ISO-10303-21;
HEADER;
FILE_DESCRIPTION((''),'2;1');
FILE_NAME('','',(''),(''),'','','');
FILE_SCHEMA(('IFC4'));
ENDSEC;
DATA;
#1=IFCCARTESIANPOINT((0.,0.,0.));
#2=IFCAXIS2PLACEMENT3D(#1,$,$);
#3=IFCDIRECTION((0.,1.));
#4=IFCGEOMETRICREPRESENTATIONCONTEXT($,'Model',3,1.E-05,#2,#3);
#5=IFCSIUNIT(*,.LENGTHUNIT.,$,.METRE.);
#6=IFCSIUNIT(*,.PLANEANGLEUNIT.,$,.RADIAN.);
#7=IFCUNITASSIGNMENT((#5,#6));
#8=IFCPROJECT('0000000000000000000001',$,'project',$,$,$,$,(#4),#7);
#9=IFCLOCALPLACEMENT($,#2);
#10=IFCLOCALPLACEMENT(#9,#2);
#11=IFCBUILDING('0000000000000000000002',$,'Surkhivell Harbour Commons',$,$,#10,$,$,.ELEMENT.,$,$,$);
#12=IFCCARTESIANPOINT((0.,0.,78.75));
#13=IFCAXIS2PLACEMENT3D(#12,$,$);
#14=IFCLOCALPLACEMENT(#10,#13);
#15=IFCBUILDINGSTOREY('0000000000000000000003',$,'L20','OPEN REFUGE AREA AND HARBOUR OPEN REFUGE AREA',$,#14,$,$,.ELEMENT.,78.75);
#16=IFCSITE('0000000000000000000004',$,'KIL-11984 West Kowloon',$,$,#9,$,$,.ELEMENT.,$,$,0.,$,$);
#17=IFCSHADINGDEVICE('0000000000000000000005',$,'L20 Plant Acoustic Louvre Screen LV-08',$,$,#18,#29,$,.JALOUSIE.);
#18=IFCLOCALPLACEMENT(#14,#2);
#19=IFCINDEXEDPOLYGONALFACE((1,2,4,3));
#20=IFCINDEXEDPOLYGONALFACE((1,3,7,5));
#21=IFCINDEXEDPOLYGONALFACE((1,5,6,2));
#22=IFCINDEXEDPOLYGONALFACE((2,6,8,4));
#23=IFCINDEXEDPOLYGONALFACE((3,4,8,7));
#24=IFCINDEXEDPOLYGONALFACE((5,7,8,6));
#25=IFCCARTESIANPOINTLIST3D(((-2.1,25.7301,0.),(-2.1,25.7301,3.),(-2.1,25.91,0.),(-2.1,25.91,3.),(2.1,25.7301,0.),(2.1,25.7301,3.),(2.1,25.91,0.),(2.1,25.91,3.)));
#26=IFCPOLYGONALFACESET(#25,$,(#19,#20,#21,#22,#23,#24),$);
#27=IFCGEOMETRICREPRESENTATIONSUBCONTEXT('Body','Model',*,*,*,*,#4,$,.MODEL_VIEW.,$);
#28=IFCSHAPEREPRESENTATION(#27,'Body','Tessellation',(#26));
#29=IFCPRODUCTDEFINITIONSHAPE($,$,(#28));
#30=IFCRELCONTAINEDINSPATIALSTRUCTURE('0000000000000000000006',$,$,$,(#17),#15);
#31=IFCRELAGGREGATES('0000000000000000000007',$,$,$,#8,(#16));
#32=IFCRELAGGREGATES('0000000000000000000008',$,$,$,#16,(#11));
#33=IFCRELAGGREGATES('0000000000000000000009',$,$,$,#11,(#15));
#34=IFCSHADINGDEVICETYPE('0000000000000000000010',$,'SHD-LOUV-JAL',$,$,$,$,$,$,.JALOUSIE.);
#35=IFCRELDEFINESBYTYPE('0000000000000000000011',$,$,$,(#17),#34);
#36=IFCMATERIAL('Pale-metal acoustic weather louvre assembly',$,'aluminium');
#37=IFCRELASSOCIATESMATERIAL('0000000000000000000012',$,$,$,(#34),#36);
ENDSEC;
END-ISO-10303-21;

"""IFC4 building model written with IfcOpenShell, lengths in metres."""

from ifc_helpers import new_model, si_unit, direction, frame, origin, origin_2d, place, context, subcontext, project, spatial, rectangle, extrude, material, type_object, element, save


model = new_model("IFC4")

# Units and contexts
model_context = context("Model", 3, precision=1e-05, world=origin(), true_north=direction((0.0, 1.0)))
body_context = subcontext(model_context, "Body", "Model", "MODEL_VIEW")
ifc_project = project(units=[si_unit("LENGTHUNIT", "METRE"), si_unit("PLANEANGLEUNIT", "RADIAN")], contexts=[model_context])

# Site, building, storey
site_placement = place(None, origin())
site = spatial("IfcSite", under=ifc_project, at=site_placement, Name="KIL-11984 West Kowloon", CompositionType="ELEMENT", RefElevation=0.0)
building_placement = place(site_placement, origin())
building = spatial("IfcBuilding", under=site, at=building_placement, Name="Surkhivell Harbour Commons", CompositionType="ELEMENT")
storey_placement = place(building_placement, frame((0.0, 0.0, 78.75)))
storey = spatial("IfcBuildingStorey", under=building, at=storey_placement, Name="L20", Description="OPEN REFUGE AREA AND HARBOUR OPEN REFUGE AREA", CompositionType="ELEMENT", Elevation=78.75)

# Shading device
ifc_material_1 = material(Name="Pale-metal acoustic weather louvre assembly", Category="aluminium")
shading_device_type = type_object("IfcShadingDeviceType", Name="SHD-LOUV-JAL", PredefinedType="JALOUSIE", material=ifc_material_1)
shading_device_placement = place(storey_placement, frame((0.0, 25.8201, 0.0), z_axis=(0.0, 0.0, 1.0), x_axis=(1.0, 0.0, 0.0)))
element("IfcShadingDevice", 1, at=shading_device_placement, inside=storey, type_object=shading_device_type, Name="L20 Plant Acoustic Louvre Screen LV-08", PredefinedType="JALOUSIE", context=body_context, shape_type="SweptSolid", body=[
    extrude(rectangle(XDim=4.2, YDim=0.1799, at=origin_2d()), origin(), (0.0, 0.0, 1.0), 3.0),
])

save(model, "model.ifc")
